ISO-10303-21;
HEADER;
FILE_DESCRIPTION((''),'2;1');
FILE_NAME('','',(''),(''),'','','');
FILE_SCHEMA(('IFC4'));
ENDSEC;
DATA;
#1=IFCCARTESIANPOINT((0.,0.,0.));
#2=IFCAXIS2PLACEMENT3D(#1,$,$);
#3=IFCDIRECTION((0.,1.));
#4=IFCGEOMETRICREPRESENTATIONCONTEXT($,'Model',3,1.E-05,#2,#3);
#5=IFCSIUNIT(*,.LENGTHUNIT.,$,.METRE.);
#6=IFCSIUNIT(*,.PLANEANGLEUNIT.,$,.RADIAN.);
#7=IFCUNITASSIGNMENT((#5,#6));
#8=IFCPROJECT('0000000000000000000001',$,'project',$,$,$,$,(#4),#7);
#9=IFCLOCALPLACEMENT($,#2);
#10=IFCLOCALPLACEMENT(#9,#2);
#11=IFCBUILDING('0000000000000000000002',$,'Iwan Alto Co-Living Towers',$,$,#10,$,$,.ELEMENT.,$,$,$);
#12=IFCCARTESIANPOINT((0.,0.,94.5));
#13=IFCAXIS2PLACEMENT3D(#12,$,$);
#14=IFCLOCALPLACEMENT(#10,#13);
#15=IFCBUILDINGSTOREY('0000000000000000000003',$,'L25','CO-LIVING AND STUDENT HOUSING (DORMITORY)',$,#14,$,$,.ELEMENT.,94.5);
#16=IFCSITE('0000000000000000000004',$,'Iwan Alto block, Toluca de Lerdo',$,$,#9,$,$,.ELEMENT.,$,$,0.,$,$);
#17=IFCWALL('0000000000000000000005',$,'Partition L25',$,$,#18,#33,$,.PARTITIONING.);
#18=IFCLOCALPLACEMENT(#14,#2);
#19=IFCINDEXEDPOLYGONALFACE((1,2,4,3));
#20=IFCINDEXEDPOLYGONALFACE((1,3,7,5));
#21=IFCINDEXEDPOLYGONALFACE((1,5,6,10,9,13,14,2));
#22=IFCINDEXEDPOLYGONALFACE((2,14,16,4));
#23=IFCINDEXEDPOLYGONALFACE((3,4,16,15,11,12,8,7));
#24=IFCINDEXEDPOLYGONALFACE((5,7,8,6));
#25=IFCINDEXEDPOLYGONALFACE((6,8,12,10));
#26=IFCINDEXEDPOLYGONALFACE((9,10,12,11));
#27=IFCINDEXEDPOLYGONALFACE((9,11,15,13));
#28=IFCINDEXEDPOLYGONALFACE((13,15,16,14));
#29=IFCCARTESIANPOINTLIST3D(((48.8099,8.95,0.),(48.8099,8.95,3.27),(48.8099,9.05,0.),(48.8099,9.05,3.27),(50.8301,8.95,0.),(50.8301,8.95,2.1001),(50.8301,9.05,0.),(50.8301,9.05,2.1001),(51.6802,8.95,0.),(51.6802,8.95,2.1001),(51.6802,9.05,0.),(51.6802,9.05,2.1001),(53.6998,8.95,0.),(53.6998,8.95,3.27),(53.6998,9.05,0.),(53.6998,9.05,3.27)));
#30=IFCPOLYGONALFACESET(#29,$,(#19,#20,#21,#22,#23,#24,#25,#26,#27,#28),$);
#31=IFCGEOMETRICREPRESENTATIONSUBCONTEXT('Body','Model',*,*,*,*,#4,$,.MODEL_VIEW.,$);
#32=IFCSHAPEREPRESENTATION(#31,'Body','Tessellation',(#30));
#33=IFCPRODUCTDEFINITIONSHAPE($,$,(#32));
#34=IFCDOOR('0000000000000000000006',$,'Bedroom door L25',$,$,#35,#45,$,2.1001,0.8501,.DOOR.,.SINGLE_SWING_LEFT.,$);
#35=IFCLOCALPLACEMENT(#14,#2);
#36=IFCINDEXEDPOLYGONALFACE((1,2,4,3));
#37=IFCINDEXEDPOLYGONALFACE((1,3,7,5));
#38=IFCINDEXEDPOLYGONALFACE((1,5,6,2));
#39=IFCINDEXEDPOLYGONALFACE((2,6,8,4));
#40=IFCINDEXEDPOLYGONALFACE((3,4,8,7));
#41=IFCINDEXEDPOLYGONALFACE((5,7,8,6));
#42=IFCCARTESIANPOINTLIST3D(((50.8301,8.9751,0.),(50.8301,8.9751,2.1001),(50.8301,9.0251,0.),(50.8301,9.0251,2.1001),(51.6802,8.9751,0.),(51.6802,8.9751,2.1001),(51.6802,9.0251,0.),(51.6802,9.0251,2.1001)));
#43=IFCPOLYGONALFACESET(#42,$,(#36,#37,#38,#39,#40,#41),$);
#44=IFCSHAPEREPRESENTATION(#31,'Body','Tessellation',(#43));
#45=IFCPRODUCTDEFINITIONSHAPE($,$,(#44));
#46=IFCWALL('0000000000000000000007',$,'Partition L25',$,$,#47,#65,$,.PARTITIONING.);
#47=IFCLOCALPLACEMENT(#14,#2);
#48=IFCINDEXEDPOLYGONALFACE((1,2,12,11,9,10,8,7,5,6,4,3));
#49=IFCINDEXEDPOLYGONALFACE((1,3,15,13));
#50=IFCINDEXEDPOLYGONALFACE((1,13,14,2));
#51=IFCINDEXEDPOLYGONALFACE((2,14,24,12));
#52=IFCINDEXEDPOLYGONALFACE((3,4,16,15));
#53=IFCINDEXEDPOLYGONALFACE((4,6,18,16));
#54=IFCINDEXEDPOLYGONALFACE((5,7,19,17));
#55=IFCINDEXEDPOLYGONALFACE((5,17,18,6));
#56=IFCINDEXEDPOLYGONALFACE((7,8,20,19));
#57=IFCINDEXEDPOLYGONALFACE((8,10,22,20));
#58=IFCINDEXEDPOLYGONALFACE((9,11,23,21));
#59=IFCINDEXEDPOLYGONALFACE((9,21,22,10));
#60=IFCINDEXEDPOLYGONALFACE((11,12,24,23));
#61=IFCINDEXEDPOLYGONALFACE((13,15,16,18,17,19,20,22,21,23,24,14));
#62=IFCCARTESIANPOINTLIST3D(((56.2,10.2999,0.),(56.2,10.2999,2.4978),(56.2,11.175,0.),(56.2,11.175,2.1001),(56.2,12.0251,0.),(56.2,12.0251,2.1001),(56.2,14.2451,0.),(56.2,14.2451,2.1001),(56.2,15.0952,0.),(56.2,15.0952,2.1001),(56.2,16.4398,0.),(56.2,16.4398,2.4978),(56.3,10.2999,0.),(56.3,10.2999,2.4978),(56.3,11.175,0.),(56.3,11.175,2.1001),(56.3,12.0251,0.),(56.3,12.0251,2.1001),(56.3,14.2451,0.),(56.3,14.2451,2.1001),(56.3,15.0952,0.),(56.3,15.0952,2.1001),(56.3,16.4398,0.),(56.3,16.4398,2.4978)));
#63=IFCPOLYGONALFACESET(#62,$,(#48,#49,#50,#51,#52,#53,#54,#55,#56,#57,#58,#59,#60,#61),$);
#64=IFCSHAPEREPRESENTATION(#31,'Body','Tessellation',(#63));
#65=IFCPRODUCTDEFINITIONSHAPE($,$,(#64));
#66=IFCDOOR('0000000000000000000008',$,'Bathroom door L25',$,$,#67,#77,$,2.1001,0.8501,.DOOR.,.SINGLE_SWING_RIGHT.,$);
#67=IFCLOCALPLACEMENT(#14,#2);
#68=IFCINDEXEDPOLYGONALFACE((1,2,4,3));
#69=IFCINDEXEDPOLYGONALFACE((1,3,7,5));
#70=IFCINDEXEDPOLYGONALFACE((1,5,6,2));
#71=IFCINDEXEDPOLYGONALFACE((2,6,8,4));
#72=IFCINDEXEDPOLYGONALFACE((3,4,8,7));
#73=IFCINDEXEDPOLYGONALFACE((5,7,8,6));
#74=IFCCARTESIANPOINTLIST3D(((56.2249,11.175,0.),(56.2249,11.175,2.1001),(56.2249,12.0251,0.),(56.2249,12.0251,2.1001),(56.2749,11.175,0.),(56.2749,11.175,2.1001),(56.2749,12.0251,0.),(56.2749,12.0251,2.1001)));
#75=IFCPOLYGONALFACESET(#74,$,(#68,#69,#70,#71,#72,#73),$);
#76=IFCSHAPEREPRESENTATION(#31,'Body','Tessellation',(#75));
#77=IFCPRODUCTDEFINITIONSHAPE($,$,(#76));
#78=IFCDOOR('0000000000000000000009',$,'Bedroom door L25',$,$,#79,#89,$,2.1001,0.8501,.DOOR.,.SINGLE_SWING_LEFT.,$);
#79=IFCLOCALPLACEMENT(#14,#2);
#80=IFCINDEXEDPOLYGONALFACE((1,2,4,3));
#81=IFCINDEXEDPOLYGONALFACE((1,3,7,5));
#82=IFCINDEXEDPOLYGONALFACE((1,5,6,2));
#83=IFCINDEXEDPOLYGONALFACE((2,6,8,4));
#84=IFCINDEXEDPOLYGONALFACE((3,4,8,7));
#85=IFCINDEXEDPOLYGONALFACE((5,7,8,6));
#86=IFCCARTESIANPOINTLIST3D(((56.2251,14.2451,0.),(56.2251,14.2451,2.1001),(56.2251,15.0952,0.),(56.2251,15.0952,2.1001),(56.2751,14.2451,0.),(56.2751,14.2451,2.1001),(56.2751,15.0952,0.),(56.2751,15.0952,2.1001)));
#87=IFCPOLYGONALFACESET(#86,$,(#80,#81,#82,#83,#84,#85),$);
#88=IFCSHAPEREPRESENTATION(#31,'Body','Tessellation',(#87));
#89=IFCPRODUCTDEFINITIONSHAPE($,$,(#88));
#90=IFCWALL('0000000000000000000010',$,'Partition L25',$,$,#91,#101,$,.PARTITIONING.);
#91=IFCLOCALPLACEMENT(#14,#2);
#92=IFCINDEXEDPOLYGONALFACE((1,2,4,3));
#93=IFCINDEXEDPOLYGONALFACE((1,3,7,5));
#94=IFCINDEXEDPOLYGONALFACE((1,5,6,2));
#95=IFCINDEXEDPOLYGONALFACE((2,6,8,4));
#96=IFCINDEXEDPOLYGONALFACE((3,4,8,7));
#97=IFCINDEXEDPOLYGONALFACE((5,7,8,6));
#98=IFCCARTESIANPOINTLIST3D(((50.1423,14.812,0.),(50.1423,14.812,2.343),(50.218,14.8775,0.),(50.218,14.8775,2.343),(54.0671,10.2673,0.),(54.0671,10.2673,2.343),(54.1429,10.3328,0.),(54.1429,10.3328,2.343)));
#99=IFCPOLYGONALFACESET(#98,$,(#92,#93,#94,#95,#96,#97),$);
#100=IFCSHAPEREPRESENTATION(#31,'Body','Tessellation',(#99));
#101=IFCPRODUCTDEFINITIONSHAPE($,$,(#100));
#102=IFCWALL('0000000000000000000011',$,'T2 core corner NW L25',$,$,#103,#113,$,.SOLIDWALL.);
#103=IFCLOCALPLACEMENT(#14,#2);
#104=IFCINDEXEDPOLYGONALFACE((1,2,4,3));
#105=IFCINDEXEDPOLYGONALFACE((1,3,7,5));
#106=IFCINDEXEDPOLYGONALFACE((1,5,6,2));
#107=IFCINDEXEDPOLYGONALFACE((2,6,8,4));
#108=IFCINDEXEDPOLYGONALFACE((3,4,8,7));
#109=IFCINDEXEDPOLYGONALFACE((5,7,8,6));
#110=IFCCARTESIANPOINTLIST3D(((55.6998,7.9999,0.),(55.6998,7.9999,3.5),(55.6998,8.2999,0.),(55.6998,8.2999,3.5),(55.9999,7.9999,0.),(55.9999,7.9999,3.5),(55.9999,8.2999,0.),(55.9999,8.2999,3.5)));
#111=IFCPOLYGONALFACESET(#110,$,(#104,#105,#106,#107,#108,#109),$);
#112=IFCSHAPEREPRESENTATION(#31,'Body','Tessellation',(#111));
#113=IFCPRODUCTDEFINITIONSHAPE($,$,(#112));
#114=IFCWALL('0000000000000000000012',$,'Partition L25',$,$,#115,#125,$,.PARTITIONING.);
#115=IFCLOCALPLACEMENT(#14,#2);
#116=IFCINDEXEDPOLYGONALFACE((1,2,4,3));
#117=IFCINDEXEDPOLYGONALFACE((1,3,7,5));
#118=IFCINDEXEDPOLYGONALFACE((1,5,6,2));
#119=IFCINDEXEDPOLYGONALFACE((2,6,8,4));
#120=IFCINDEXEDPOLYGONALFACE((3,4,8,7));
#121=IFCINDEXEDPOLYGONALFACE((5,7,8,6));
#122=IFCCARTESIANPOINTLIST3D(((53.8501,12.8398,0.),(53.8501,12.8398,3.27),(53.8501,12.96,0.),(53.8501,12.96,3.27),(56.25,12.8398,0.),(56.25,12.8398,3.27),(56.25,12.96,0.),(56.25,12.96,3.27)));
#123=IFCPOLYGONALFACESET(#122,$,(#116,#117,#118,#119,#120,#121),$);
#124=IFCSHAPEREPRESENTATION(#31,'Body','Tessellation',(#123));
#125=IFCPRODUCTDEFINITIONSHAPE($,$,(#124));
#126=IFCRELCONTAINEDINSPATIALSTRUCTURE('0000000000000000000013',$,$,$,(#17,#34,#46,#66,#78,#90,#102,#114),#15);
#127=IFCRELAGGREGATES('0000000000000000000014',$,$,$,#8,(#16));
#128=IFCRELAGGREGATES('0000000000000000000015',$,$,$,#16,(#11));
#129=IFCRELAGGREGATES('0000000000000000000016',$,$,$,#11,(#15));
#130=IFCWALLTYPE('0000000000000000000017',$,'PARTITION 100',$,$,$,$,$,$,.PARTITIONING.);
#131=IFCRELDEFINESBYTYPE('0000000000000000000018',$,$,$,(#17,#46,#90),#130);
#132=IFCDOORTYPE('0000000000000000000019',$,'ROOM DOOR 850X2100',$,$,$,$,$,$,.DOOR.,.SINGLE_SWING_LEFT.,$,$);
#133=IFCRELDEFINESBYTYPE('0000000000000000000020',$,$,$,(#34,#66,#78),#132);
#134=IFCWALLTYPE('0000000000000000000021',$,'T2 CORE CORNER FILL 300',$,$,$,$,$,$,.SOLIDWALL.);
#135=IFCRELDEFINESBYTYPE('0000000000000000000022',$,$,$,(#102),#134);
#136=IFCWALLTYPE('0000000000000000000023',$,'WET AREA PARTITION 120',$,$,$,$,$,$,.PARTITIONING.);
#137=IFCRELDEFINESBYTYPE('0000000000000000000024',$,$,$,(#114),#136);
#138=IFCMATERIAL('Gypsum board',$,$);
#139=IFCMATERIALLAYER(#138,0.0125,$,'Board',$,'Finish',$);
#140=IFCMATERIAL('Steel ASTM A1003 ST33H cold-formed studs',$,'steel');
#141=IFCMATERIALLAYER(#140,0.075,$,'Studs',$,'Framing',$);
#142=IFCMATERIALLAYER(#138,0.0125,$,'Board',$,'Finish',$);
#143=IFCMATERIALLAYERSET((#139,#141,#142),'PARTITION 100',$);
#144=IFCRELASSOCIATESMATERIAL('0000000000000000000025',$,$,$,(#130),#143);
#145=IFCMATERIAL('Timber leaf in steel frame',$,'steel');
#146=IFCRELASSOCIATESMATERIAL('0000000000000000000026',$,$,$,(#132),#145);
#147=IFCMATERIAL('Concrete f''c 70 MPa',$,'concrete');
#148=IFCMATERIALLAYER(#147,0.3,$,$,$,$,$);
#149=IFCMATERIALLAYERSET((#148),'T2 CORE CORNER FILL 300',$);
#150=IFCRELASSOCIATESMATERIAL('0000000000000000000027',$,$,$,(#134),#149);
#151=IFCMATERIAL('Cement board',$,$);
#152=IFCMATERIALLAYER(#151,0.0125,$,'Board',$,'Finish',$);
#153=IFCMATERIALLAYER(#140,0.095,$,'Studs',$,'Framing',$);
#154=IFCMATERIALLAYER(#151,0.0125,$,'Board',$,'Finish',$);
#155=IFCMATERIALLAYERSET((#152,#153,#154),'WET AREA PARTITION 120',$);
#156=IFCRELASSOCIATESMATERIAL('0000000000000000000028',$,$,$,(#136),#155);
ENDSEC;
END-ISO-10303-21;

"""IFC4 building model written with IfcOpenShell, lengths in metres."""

from ifc_helpers import new_model, si_unit, direction, frame, frame_2d, origin, place, context, subcontext, project, spatial, rectangle, extrude, material, layer, layer_set, type_object, element, fill, save


model = new_model("IFC4")

# Units and contexts
model_context = context("Model", 3, precision=1e-05, world=origin(), true_north=direction((0.0, 1.0)))
body_context = subcontext(model_context, "Body", "Model", "MODEL_VIEW")
ifc_project = project(units=[si_unit("LENGTHUNIT", "METRE"), si_unit("PLANEANGLEUNIT", "RADIAN")], contexts=[model_context])

# Site, building, storey
site_placement = place(None, origin())
site = spatial("IfcSite", under=ifc_project, at=site_placement, Name="Iwan Alto block, Toluca de Lerdo", CompositionType="ELEMENT", RefElevation=0.0)
building_placement = place(site_placement, origin())
building = spatial("IfcBuilding", under=site, at=building_placement, Name="Iwan Alto Co-Living Towers", CompositionType="ELEMENT")
storey_placement = place(building_placement, frame((0.0, 0.0, 94.5)))
storey = spatial("IfcBuildingStorey", under=building, at=storey_placement, Name="L25", Description="CO-LIVING AND STUDENT HOUSING (DORMITORY)", CompositionType="ELEMENT", Elevation=94.5)

# Shared definitions
ifc_material_1 = material(Name="Gypsum board")
ifc_material_2 = material(Name="Steel ASTM A1003 ST33H cold-formed studs", Category="steel")

# Wall, opening, door
ifc_layer_1 = layer(ifc_material_1, 0.0125, Name="Board", Category="Finish")
ifc_layer_2 = layer(ifc_material_2, 0.075, Name="Studs", Category="Framing")
ifc_layer_3 = layer(ifc_material_1, 0.0125, Name="Board", Category="Finish")
ifc_layer_set_1 = layer_set([ifc_layer_1, ifc_layer_2, ifc_layer_3], Name="PARTITION 100")
wall_type_1 = type_object("IfcWallType", Name="PARTITION 100", PredefinedType="PARTITIONING", material=ifc_layer_set_1)
wall_1_placement = place(storey_placement, frame((48.8101, 9.0, 0.0), z_axis=(0.0, 0.0, 1.0), x_axis=(1.0, 0.0, 0.0)))
wall_1 = element("IfcWall", 1, at=wall_1_placement, inside=storey, type_object=wall_type_1, Name="Partition L25", PredefinedType="PARTITIONING", context=body_context, shape_type="SweptSolid", body=[
    extrude(rectangle(XDim=4.8899, YDim=0.1001, at=frame_2d((2.4448, 0.0))), origin(), (0.0, 0.0, 1.0), 3.27),
])
opening_1_placement = place(wall_1_placement, frame((2.02, 0.0, 0.0)))
opening_1 = element("IfcOpeningElement", 2, at=opening_1_placement, cuts=wall_1, PredefinedType="OPENING", context=body_context, shape_type="SweptSolid", body=[
    extrude(rectangle(XDim=0.8501, YDim=2.1001, at=frame_2d((0.425, 1.05))), frame((0.0, 0.0601, 0.0), z_axis=(0.0, -1.0, 0.0), x_axis=(1.0, 0.0, 0.0)), (0.0, 0.0, 1.0), 0.1201),
])
ifc_material_3 = material(Name="Timber leaf in steel frame", Category="steel")
door_type_1 = type_object("IfcDoorType", Name="ROOM DOOR 850X2100", OperationType="SINGLE_SWING_LEFT", PredefinedType="DOOR", material=ifc_material_3)
door_1_placement = place(opening_1_placement, frame((0.8501, 0.0, 0.0), z_axis=(0.0, 0.0, 1.0), x_axis=(-1.0, 0.0, 0.0)))
door_1 = element("IfcDoor", 3, at=door_1_placement, inside=storey, type_object=door_type_1, Name="Bedroom door L25", OperationType="SINGLE_SWING_LEFT", OverallHeight=2.1001, OverallWidth=0.8501, PredefinedType="DOOR", context=body_context, shape_type="SweptSolid", body=[
    extrude(rectangle(XDim=0.8501, YDim=2.1001, at=frame_2d((0.425, 1.05))), frame((0.0, 0.0249, 0.0), z_axis=(0.0, -1.0, 0.0), x_axis=(1.0, 0.0, 0.0)), (0.0, 0.0, 1.0), 0.05),
])
fill(opening_1, door_1)

# Wall, openings, doors
wall_2_placement = place(storey_placement, frame((56.25, 10.3, 0.0), z_axis=(0.0, 0.0, 1.0), x_axis=(0.0, 1.0, 0.0)))
wall_2 = element("IfcWall", 4, at=wall_2_placement, inside=storey, type_object=wall_type_1, Name="Partition L25", PredefinedType="PARTITIONING", context=body_context, shape_type="SweptSolid", body=[
    extrude(rectangle(XDim=6.1399, YDim=0.1001, at=frame_2d((3.0698, 0.0))), origin(), (0.0, 0.0, 1.0), 2.4978),
])
opening_2_placement = place(wall_2_placement, frame((0.875, 0.0, 0.0)))
opening_2 = element("IfcOpeningElement", 5, at=opening_2_placement, cuts=wall_2, PredefinedType="OPENING", context=body_context, shape_type="SweptSolid", body=[
    extrude(rectangle(XDim=0.8501, YDim=2.1001, at=frame_2d((0.425, 1.05))), frame((0.0, 0.0601, 0.0), z_axis=(0.0, -1.0, 0.0), x_axis=(1.0, 0.0, 0.0)), (0.0, 0.0, 1.0), 0.1201),
])
opening_3_placement = place(wall_2_placement, frame((3.9451, 0.0, 0.0)))
opening_3 = element("IfcOpeningElement", 6, at=opening_3_placement, cuts=wall_2, PredefinedType="OPENING", context=body_context, shape_type="SweptSolid", body=[
    extrude(rectangle(XDim=0.8501, YDim=2.1001, at=frame_2d((0.425, 1.05))), frame((0.0, 0.0601, 0.0), z_axis=(0.0, -1.0, 0.0), x_axis=(1.0, 0.0, 0.0)), (0.0, 0.0, 1.0), 0.1201),
])
door_2_placement = place(opening_2_placement, frame((0.8501, 0.0, 0.0), z_axis=(0.0, 0.0, 1.0), x_axis=(-1.0, 0.0, 0.0)))
door_2 = element("IfcDoor", 7, at=door_2_placement, inside=storey, type_object=door_type_1, Name="Bathroom door L25", OperationType="SINGLE_SWING_RIGHT", OverallHeight=2.1001, OverallWidth=0.8501, PredefinedType="DOOR", context=body_context, shape_type="SweptSolid", body=[
    extrude(rectangle(XDim=0.8501, YDim=2.1001, at=frame_2d((0.425, 1.05))), frame((0.0, 0.0249, 0.0), z_axis=(0.0, -1.0, 0.0), x_axis=(1.0, 0.0, 0.0)), (0.0, 0.0, 1.0), 0.05),
])
fill(opening_2, door_2)
door_3_placement = place(opening_3_placement, origin())
door_3 = element("IfcDoor", 8, at=door_3_placement, inside=storey, type_object=door_type_1, Name="Bedroom door L25", OperationType="SINGLE_SWING_LEFT", OverallHeight=2.1001, OverallWidth=0.8501, PredefinedType="DOOR", context=body_context, shape_type="SweptSolid", body=[
    extrude(rectangle(XDim=0.8501, YDim=2.1001, at=frame_2d((0.425, 1.05))), frame((0.0, 0.0249, 0.0), z_axis=(0.0, -1.0, 0.0), x_axis=(1.0, 0.0, 0.0)), (0.0, 0.0, 1.0), 0.05),
])
fill(opening_3, door_3)

# Walls
wall_3_placement = place(storey_placement, frame((54.105, 10.3, 0.0), z_axis=(0.0, 0.0, 1.0), x_axis=(-0.653606, 0.756835, 0.0)))
element("IfcWall", 9, at=wall_3_placement, inside=storey, type_object=wall_type_1, Name="Partition L25", PredefinedType="PARTITIONING", context=body_context, shape_type="SweptSolid", body=[
    extrude(rectangle(XDim=6.0049, YDim=0.1001, at=frame_2d((3.0024, 0.0))), origin(), (0.0, 0.0, 1.0), 2.343),
])
ifc_material_4 = material(Name="Concrete f'c 70 MPa", Category="concrete")
ifc_layer_4 = layer(ifc_material_4, 0.3)
ifc_layer_set_2 = layer_set([ifc_layer_4], Name="T2 CORE CORNER FILL 300")
wall_type_2 = type_object("IfcWallType", Name="T2 CORE CORNER FILL 300", PredefinedType="SOLIDWALL", material=ifc_layer_set_2)
wall_4_placement = place(storey_placement, frame((55.7, 8.1499, 0.0), z_axis=(0.0, 0.0, 1.0), x_axis=(1.0, 0.0, 0.0)))
element("IfcWall", 10, at=wall_4_placement, inside=storey, type_object=wall_type_2, Name="T2 core corner NW L25", PredefinedType="SOLIDWALL", context=body_context, shape_type="SweptSolid", body=[
    extrude(rectangle(XDim=0.3, YDim=0.3, at=frame_2d((0.1499, 0.0))), origin(), (0.0, 0.0, 1.0), 3.5),
])
ifc_material_5 = material(Name="Cement board")
ifc_layer_5 = layer(ifc_material_5, 0.0125, Name="Board", Category="Finish")
ifc_layer_6 = layer(ifc_material_2, 0.095, Name="Studs", Category="Framing")
ifc_layer_7 = layer(ifc_material_5, 0.0125, Name="Board", Category="Finish")
ifc_layer_set_3 = layer_set([ifc_layer_5, ifc_layer_6, ifc_layer_7], Name="WET AREA PARTITION 120")
wall_type_3 = type_object("IfcWallType", Name="WET AREA PARTITION 120", PredefinedType="PARTITIONING", material=ifc_layer_set_3)
wall_5_placement = place(storey_placement, frame((53.8501, 12.8999, 0.0), z_axis=(0.0, 0.0, 1.0), x_axis=(1.0, 0.0, 0.0)))
element("IfcWall", 11, at=wall_5_placement, inside=storey, type_object=wall_type_3, Name="Partition L25", PredefinedType="PARTITIONING", context=body_context, shape_type="SweptSolid", body=[
    extrude(rectangle(XDim=2.3999, YDim=0.1201, at=frame_2d((1.2, 0.0))), origin(), (0.0, 0.0, 1.0), 3.27),
])

save(model, "model.ifc")
